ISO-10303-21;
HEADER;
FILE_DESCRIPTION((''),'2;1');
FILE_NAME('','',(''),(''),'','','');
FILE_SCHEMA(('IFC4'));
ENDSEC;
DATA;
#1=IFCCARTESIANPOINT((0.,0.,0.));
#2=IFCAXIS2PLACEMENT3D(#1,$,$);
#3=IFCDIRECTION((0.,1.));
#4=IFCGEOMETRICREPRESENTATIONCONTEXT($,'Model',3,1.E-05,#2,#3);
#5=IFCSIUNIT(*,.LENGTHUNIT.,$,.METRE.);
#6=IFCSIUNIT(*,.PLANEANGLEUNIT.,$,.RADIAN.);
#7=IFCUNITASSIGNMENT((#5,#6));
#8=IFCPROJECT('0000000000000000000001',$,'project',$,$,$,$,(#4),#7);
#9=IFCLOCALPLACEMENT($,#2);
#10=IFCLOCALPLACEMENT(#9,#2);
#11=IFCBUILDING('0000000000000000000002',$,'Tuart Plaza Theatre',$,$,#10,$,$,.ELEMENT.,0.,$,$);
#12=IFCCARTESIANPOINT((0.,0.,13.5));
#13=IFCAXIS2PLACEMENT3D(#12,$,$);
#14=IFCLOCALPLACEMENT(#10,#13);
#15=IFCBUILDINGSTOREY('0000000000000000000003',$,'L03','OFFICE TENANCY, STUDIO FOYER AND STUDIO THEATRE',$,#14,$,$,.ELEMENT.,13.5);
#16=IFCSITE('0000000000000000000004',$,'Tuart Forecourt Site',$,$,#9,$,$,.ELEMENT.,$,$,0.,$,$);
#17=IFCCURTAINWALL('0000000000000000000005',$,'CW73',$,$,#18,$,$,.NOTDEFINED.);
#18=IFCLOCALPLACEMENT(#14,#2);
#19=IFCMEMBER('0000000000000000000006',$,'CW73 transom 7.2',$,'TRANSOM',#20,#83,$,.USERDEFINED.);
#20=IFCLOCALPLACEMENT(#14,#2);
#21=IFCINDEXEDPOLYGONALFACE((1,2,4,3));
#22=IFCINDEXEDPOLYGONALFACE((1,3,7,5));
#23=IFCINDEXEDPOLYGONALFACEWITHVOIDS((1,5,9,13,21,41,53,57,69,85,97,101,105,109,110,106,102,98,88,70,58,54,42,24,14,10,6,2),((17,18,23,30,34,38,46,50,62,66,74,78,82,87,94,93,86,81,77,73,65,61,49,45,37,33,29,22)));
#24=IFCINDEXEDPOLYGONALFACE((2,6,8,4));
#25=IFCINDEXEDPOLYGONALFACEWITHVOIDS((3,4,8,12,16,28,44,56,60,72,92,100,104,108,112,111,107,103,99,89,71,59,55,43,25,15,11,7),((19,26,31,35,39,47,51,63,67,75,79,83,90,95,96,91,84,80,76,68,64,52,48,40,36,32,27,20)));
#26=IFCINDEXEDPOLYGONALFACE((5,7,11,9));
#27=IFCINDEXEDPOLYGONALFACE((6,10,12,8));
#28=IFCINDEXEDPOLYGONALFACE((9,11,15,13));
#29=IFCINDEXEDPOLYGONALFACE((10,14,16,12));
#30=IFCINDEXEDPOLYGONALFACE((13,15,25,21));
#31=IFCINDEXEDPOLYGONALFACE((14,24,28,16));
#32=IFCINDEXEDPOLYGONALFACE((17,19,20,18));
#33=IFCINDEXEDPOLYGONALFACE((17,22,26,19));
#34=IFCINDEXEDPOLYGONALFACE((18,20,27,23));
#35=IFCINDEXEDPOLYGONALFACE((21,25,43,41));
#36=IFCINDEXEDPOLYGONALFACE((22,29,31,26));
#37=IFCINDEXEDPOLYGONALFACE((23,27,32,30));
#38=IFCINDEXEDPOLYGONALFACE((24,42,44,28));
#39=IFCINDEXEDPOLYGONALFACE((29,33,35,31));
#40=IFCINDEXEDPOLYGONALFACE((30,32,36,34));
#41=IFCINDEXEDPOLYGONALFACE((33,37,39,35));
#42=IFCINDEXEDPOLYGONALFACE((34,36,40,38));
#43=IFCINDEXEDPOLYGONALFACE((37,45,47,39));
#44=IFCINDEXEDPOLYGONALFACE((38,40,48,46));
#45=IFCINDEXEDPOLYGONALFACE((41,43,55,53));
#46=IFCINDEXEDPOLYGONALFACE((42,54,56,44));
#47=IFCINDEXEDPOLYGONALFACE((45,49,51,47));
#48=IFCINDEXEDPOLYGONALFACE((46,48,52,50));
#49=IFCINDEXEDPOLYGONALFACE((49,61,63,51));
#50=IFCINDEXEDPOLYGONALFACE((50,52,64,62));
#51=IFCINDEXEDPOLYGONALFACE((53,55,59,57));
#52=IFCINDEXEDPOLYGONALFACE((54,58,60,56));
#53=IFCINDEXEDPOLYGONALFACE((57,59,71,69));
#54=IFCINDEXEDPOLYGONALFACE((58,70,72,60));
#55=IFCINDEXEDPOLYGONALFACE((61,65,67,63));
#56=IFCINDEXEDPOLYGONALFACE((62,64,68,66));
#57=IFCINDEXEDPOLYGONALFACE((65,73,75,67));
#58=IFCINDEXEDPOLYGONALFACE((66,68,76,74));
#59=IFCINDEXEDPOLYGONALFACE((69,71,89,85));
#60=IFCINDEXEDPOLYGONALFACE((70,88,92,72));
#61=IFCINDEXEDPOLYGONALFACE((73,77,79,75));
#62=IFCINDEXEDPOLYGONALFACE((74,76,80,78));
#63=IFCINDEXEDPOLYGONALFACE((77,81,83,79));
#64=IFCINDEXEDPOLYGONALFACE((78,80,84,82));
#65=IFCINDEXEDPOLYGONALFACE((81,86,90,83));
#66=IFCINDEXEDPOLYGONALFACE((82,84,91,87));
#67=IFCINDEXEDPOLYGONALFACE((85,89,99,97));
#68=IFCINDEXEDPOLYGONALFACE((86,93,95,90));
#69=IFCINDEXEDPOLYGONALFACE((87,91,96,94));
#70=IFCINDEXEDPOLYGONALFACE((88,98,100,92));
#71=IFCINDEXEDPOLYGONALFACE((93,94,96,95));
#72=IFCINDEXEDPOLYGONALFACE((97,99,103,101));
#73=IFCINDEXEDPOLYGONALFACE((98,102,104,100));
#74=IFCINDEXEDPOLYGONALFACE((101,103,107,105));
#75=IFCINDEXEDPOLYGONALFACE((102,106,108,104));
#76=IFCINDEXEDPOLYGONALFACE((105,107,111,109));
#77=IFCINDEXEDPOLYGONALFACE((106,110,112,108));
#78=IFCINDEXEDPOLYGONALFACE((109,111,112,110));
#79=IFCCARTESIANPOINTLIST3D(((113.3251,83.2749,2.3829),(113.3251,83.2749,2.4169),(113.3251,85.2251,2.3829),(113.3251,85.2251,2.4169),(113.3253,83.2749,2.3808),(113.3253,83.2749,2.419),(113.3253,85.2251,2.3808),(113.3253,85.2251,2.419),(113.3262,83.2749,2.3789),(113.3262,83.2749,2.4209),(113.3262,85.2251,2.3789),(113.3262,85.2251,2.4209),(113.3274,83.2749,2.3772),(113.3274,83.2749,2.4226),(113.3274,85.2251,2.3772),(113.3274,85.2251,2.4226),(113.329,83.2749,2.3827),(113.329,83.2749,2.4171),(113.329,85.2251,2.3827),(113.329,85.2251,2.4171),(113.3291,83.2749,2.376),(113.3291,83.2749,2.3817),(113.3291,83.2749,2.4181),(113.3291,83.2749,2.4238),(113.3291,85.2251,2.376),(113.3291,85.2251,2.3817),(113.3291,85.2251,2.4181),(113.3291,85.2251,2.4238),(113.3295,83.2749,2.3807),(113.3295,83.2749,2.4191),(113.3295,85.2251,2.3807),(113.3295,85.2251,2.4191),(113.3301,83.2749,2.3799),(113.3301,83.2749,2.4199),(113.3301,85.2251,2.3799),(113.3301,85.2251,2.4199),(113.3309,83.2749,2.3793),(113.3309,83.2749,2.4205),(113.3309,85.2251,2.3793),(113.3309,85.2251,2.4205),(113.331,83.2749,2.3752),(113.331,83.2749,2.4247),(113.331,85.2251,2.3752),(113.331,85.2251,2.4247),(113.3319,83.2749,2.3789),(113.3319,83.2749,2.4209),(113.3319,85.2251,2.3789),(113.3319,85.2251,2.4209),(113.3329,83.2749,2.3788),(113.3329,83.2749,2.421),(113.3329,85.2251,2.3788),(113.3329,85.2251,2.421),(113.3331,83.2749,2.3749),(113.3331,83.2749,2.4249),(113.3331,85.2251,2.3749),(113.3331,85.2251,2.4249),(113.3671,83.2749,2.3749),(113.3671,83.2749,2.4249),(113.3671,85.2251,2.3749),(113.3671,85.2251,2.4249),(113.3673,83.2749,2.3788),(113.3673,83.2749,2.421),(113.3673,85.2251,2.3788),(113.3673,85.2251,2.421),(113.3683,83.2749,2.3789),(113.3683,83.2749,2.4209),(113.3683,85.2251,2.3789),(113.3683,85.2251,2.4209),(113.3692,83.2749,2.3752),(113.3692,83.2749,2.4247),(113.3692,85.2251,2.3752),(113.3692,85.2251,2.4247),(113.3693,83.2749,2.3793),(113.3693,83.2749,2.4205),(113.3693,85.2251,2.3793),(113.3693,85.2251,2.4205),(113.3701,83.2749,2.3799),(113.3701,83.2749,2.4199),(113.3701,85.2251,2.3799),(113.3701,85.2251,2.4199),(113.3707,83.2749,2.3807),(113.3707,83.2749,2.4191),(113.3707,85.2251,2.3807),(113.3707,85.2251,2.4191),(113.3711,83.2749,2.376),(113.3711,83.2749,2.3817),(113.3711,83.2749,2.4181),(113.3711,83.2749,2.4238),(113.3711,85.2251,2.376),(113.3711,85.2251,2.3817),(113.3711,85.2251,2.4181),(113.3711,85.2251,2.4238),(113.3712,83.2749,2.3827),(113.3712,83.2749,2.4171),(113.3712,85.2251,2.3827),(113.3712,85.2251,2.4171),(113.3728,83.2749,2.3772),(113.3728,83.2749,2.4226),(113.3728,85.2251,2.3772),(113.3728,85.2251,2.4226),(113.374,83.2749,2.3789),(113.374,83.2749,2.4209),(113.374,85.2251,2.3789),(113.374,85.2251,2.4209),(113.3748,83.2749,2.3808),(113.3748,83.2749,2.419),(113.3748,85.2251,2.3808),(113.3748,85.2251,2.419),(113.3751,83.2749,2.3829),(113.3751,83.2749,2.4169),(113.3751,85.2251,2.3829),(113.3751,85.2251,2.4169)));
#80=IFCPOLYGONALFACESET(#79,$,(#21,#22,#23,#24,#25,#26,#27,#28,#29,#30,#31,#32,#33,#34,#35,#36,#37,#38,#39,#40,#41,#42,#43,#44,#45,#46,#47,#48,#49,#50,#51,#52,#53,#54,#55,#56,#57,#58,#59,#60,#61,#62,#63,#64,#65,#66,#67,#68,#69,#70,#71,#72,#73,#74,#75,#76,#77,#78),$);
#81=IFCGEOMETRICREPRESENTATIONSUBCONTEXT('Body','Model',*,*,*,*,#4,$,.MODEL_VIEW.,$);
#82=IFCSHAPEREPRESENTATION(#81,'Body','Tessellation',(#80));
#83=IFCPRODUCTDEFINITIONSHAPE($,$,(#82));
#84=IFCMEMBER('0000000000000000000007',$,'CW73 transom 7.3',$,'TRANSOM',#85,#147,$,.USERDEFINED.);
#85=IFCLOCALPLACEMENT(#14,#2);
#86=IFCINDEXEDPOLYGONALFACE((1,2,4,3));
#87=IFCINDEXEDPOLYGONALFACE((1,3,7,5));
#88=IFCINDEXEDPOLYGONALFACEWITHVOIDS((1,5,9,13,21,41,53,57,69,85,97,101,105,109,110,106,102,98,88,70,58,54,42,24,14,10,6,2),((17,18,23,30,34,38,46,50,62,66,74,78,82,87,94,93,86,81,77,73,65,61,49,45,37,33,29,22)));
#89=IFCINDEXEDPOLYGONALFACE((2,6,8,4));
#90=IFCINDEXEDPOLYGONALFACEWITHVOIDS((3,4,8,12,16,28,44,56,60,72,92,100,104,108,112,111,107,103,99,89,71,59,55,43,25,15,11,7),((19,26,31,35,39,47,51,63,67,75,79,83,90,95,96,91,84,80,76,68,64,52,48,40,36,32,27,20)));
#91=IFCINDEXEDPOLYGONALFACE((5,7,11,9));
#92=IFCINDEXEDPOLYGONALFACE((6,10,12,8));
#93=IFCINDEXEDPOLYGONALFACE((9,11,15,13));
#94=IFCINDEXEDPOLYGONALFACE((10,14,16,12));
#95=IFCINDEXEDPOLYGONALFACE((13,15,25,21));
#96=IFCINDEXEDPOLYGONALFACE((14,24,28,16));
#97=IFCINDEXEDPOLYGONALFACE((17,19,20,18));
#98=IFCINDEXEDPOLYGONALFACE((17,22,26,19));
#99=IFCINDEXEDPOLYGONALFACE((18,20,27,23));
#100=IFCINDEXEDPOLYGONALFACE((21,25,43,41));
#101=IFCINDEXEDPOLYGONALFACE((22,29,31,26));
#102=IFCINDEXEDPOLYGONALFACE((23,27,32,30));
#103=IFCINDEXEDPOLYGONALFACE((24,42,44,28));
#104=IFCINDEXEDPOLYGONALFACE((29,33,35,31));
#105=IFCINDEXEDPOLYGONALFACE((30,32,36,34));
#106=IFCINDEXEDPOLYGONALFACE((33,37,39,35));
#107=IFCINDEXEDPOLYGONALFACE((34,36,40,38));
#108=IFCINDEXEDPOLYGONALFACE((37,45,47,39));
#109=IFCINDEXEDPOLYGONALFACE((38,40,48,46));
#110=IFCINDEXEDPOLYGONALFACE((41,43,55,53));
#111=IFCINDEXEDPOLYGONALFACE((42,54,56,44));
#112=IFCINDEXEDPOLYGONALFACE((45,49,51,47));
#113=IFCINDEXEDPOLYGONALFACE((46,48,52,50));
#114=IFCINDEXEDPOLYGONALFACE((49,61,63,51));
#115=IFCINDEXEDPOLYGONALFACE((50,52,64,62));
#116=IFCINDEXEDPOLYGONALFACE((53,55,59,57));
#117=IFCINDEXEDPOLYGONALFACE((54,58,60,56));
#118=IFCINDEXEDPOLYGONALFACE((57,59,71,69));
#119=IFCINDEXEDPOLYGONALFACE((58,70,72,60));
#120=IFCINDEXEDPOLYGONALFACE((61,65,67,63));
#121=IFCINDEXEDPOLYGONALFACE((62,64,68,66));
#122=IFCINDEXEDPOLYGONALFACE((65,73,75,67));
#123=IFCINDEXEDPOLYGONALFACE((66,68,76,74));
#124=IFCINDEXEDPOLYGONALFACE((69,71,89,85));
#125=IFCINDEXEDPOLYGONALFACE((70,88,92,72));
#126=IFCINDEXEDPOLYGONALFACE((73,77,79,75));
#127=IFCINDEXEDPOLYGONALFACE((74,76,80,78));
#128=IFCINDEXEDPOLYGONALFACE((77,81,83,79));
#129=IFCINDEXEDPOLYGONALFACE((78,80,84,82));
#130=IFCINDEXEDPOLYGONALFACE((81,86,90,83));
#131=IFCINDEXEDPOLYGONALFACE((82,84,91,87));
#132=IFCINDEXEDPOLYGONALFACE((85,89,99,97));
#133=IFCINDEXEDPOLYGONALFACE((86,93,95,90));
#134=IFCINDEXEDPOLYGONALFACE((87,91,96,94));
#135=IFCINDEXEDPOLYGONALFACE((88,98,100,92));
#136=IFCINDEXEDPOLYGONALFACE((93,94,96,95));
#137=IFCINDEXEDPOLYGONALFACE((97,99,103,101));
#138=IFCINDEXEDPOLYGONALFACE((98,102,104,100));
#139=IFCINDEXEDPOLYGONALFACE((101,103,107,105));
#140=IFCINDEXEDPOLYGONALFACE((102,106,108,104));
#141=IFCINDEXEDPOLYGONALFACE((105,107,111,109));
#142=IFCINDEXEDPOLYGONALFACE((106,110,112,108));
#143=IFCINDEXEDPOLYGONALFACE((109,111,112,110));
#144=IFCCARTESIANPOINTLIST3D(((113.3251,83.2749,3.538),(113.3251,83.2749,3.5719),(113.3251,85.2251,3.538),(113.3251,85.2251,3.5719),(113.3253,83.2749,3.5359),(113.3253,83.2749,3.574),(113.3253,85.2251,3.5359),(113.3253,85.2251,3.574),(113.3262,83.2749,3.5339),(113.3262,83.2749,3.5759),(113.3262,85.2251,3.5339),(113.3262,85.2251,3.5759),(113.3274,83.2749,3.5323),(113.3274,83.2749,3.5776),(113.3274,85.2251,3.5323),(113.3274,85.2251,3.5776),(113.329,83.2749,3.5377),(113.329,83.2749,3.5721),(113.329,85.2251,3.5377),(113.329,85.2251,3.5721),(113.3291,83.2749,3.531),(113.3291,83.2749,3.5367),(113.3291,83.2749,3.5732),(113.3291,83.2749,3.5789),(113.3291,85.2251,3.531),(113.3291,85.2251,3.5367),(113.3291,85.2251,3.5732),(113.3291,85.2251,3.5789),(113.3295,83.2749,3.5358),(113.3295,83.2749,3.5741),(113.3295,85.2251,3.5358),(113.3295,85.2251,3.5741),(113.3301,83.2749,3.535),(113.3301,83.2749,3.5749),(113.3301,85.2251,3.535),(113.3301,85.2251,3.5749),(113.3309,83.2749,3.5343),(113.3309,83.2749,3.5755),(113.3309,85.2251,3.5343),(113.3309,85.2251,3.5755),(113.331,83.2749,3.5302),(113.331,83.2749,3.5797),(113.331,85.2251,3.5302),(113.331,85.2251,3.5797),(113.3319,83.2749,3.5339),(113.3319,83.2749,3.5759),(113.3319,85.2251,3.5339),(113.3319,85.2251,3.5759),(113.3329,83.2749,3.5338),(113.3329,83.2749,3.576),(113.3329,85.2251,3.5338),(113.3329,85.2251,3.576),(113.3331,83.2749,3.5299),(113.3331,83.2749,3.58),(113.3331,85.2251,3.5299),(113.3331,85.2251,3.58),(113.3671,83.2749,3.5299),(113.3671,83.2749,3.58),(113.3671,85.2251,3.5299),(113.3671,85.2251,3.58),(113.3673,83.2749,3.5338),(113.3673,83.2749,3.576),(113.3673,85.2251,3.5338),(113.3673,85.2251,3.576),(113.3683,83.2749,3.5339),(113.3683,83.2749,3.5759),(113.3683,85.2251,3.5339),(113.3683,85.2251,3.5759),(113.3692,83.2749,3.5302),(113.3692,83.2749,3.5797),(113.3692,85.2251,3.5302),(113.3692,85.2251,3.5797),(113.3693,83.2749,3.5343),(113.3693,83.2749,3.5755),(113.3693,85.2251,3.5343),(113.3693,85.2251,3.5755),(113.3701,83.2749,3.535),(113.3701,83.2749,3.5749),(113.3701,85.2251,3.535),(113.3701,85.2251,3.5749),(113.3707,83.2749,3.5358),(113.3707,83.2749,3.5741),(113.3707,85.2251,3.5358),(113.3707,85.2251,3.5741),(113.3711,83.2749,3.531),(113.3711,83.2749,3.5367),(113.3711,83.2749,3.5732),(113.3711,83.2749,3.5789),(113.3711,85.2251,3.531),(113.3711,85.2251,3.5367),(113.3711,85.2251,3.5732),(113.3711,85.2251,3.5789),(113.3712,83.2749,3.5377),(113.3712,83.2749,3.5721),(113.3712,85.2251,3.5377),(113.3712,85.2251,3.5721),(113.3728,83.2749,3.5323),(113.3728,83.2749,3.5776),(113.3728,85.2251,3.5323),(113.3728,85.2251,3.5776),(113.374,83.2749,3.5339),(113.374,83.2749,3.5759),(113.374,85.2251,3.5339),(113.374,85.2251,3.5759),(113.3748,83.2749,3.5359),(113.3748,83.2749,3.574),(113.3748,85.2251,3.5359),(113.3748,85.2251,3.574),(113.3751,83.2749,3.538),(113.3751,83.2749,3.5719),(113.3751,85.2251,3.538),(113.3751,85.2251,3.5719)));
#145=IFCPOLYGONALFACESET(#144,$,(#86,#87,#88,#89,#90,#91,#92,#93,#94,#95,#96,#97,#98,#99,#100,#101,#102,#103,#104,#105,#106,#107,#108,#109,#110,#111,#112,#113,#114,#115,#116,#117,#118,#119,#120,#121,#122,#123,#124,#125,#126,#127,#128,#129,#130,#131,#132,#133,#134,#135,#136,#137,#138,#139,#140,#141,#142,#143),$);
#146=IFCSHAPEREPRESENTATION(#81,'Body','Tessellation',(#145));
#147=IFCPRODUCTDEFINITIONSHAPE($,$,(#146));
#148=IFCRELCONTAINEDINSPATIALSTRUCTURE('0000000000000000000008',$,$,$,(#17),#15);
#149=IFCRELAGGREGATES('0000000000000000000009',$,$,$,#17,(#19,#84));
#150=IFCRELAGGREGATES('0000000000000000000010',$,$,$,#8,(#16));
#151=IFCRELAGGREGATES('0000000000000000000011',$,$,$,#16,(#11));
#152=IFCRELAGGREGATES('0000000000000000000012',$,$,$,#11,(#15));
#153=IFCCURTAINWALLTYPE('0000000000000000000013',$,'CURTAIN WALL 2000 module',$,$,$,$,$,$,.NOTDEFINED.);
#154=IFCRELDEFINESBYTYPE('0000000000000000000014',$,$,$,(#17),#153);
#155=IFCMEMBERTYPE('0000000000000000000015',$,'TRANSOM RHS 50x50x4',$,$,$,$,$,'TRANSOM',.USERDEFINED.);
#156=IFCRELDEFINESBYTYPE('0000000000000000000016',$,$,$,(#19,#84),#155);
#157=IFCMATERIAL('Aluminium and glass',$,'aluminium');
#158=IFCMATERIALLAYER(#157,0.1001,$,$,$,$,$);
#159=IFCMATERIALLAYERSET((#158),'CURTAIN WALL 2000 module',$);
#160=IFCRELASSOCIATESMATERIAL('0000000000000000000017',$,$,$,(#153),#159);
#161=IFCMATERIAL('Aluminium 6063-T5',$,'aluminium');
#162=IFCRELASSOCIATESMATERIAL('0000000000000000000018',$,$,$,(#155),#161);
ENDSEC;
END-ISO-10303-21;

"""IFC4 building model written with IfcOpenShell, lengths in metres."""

from ifc_helpers import new_model, si_unit, direction, frame, origin, origin_2d, place, context, subcontext, project, spatial, hollow_rectangle, extrude, material, layer, layer_set, material_profile, profile_set, type_object, element, aggregate, save


model = new_model("IFC4")

# Units and contexts
model_context = context("Model", 3, precision=1e-05, world=origin(), true_north=direction((0.0, 1.0)))
body_context = subcontext(model_context, "Body", "Model", "MODEL_VIEW")
ifc_project = project(units=[si_unit("LENGTHUNIT", "METRE"), si_unit("PLANEANGLEUNIT", "RADIAN")], contexts=[model_context])

# Site, building, storey
site_placement = place(None, origin())
site = spatial("IfcSite", under=ifc_project, at=site_placement, Name="Tuart Forecourt Site", CompositionType="ELEMENT", RefElevation=0.0)
building_placement = place(site_placement, origin())
building = spatial("IfcBuilding", under=site, at=building_placement, Name="Tuart Plaza Theatre", CompositionType="ELEMENT", ElevationOfRefHeight=0.0)
storey_placement = place(building_placement, frame((0.0, 0.0, 13.5)))
storey = spatial("IfcBuildingStorey", under=building, at=storey_placement, Name="L03", Description="OFFICE TENANCY, STUDIO FOYER AND STUDIO THEATRE", CompositionType="ELEMENT", Elevation=13.5)

# Curtain wall, members
ifc_material_1 = material(Name="Aluminium and glass", Category="aluminium")
ifc_layer_1 = layer(ifc_material_1, 0.1001)
ifc_layer_set_1 = layer_set([ifc_layer_1], Name="CURTAIN WALL 2000 module")
curtain_wall_type = type_object("IfcCurtainWallType", Name="CURTAIN WALL 2000 module", PredefinedType="NOTDEFINED", material=ifc_layer_set_1)
curtain_wall_placement = place(storey_placement, origin())
curtain_wall = element("IfcCurtainWall", 1, at=curtain_wall_placement, inside=storey, type_object=curtain_wall_type, Name="CW73", PredefinedType="NOTDEFINED")
ifc_material_2 = material(Name="Aluminium 6063-T5", Category="aluminium")
ifc_material_profile_1 = material_profile(ifc_material_2, hollow_rectangle(XDim=0.05, YDim=0.05, WallThickness=0.0039, InnerFilletRadius=0.0039, OuterFilletRadius=0.0081, at=origin_2d()), Name="RHS 50x50x4")
ifc_profile_set_1 = profile_set([ifc_material_profile_1], Name="Aluminium 6063-T5")
member_type_1 = type_object("IfcMemberType", Name="TRANSOM RHS 50x50x4", ElementType="TRANSOM", PredefinedType="USERDEFINED", material=ifc_profile_set_1)
member_1_placement = place(storey_placement, frame((113.3501, 85.2251, 2.3999), z_axis=(0.0, -1.0, 0.0), x_axis=(1.0, 0.0, 0.0)))
member_1 = element("IfcMember", 2, at=member_1_placement, type_object=member_type_1, Name="CW73 transom 7.2", ObjectType="TRANSOM", PredefinedType="USERDEFINED", context=body_context, shape_type="SweptSolid", body=[
    extrude(hollow_rectangle(XDim=0.05, YDim=0.05, WallThickness=0.0039, InnerFilletRadius=0.0039, OuterFilletRadius=0.0081, at=origin_2d()), origin(), (0.0, 0.0, 1.0), 1.9502),
])
member_2_placement = place(storey_placement, frame((113.3501, 85.2251, 3.5549), z_axis=(0.0, -1.0, 0.0), x_axis=(1.0, 0.0, 0.0)))
member_2 = element("IfcMember", 3, at=member_2_placement, type_object=member_type_1, Name="CW73 transom 7.3", ObjectType="TRANSOM", PredefinedType="USERDEFINED", context=body_context, shape_type="SweptSolid", body=[
    extrude(hollow_rectangle(XDim=0.05, YDim=0.05, WallThickness=0.0039, InnerFilletRadius=0.0039, OuterFilletRadius=0.0081, at=origin_2d()), origin(), (0.0, 0.0, 1.0), 1.9502),
])
aggregate(curtain_wall, [member_1, member_2])

save(model, "model.ifc")
